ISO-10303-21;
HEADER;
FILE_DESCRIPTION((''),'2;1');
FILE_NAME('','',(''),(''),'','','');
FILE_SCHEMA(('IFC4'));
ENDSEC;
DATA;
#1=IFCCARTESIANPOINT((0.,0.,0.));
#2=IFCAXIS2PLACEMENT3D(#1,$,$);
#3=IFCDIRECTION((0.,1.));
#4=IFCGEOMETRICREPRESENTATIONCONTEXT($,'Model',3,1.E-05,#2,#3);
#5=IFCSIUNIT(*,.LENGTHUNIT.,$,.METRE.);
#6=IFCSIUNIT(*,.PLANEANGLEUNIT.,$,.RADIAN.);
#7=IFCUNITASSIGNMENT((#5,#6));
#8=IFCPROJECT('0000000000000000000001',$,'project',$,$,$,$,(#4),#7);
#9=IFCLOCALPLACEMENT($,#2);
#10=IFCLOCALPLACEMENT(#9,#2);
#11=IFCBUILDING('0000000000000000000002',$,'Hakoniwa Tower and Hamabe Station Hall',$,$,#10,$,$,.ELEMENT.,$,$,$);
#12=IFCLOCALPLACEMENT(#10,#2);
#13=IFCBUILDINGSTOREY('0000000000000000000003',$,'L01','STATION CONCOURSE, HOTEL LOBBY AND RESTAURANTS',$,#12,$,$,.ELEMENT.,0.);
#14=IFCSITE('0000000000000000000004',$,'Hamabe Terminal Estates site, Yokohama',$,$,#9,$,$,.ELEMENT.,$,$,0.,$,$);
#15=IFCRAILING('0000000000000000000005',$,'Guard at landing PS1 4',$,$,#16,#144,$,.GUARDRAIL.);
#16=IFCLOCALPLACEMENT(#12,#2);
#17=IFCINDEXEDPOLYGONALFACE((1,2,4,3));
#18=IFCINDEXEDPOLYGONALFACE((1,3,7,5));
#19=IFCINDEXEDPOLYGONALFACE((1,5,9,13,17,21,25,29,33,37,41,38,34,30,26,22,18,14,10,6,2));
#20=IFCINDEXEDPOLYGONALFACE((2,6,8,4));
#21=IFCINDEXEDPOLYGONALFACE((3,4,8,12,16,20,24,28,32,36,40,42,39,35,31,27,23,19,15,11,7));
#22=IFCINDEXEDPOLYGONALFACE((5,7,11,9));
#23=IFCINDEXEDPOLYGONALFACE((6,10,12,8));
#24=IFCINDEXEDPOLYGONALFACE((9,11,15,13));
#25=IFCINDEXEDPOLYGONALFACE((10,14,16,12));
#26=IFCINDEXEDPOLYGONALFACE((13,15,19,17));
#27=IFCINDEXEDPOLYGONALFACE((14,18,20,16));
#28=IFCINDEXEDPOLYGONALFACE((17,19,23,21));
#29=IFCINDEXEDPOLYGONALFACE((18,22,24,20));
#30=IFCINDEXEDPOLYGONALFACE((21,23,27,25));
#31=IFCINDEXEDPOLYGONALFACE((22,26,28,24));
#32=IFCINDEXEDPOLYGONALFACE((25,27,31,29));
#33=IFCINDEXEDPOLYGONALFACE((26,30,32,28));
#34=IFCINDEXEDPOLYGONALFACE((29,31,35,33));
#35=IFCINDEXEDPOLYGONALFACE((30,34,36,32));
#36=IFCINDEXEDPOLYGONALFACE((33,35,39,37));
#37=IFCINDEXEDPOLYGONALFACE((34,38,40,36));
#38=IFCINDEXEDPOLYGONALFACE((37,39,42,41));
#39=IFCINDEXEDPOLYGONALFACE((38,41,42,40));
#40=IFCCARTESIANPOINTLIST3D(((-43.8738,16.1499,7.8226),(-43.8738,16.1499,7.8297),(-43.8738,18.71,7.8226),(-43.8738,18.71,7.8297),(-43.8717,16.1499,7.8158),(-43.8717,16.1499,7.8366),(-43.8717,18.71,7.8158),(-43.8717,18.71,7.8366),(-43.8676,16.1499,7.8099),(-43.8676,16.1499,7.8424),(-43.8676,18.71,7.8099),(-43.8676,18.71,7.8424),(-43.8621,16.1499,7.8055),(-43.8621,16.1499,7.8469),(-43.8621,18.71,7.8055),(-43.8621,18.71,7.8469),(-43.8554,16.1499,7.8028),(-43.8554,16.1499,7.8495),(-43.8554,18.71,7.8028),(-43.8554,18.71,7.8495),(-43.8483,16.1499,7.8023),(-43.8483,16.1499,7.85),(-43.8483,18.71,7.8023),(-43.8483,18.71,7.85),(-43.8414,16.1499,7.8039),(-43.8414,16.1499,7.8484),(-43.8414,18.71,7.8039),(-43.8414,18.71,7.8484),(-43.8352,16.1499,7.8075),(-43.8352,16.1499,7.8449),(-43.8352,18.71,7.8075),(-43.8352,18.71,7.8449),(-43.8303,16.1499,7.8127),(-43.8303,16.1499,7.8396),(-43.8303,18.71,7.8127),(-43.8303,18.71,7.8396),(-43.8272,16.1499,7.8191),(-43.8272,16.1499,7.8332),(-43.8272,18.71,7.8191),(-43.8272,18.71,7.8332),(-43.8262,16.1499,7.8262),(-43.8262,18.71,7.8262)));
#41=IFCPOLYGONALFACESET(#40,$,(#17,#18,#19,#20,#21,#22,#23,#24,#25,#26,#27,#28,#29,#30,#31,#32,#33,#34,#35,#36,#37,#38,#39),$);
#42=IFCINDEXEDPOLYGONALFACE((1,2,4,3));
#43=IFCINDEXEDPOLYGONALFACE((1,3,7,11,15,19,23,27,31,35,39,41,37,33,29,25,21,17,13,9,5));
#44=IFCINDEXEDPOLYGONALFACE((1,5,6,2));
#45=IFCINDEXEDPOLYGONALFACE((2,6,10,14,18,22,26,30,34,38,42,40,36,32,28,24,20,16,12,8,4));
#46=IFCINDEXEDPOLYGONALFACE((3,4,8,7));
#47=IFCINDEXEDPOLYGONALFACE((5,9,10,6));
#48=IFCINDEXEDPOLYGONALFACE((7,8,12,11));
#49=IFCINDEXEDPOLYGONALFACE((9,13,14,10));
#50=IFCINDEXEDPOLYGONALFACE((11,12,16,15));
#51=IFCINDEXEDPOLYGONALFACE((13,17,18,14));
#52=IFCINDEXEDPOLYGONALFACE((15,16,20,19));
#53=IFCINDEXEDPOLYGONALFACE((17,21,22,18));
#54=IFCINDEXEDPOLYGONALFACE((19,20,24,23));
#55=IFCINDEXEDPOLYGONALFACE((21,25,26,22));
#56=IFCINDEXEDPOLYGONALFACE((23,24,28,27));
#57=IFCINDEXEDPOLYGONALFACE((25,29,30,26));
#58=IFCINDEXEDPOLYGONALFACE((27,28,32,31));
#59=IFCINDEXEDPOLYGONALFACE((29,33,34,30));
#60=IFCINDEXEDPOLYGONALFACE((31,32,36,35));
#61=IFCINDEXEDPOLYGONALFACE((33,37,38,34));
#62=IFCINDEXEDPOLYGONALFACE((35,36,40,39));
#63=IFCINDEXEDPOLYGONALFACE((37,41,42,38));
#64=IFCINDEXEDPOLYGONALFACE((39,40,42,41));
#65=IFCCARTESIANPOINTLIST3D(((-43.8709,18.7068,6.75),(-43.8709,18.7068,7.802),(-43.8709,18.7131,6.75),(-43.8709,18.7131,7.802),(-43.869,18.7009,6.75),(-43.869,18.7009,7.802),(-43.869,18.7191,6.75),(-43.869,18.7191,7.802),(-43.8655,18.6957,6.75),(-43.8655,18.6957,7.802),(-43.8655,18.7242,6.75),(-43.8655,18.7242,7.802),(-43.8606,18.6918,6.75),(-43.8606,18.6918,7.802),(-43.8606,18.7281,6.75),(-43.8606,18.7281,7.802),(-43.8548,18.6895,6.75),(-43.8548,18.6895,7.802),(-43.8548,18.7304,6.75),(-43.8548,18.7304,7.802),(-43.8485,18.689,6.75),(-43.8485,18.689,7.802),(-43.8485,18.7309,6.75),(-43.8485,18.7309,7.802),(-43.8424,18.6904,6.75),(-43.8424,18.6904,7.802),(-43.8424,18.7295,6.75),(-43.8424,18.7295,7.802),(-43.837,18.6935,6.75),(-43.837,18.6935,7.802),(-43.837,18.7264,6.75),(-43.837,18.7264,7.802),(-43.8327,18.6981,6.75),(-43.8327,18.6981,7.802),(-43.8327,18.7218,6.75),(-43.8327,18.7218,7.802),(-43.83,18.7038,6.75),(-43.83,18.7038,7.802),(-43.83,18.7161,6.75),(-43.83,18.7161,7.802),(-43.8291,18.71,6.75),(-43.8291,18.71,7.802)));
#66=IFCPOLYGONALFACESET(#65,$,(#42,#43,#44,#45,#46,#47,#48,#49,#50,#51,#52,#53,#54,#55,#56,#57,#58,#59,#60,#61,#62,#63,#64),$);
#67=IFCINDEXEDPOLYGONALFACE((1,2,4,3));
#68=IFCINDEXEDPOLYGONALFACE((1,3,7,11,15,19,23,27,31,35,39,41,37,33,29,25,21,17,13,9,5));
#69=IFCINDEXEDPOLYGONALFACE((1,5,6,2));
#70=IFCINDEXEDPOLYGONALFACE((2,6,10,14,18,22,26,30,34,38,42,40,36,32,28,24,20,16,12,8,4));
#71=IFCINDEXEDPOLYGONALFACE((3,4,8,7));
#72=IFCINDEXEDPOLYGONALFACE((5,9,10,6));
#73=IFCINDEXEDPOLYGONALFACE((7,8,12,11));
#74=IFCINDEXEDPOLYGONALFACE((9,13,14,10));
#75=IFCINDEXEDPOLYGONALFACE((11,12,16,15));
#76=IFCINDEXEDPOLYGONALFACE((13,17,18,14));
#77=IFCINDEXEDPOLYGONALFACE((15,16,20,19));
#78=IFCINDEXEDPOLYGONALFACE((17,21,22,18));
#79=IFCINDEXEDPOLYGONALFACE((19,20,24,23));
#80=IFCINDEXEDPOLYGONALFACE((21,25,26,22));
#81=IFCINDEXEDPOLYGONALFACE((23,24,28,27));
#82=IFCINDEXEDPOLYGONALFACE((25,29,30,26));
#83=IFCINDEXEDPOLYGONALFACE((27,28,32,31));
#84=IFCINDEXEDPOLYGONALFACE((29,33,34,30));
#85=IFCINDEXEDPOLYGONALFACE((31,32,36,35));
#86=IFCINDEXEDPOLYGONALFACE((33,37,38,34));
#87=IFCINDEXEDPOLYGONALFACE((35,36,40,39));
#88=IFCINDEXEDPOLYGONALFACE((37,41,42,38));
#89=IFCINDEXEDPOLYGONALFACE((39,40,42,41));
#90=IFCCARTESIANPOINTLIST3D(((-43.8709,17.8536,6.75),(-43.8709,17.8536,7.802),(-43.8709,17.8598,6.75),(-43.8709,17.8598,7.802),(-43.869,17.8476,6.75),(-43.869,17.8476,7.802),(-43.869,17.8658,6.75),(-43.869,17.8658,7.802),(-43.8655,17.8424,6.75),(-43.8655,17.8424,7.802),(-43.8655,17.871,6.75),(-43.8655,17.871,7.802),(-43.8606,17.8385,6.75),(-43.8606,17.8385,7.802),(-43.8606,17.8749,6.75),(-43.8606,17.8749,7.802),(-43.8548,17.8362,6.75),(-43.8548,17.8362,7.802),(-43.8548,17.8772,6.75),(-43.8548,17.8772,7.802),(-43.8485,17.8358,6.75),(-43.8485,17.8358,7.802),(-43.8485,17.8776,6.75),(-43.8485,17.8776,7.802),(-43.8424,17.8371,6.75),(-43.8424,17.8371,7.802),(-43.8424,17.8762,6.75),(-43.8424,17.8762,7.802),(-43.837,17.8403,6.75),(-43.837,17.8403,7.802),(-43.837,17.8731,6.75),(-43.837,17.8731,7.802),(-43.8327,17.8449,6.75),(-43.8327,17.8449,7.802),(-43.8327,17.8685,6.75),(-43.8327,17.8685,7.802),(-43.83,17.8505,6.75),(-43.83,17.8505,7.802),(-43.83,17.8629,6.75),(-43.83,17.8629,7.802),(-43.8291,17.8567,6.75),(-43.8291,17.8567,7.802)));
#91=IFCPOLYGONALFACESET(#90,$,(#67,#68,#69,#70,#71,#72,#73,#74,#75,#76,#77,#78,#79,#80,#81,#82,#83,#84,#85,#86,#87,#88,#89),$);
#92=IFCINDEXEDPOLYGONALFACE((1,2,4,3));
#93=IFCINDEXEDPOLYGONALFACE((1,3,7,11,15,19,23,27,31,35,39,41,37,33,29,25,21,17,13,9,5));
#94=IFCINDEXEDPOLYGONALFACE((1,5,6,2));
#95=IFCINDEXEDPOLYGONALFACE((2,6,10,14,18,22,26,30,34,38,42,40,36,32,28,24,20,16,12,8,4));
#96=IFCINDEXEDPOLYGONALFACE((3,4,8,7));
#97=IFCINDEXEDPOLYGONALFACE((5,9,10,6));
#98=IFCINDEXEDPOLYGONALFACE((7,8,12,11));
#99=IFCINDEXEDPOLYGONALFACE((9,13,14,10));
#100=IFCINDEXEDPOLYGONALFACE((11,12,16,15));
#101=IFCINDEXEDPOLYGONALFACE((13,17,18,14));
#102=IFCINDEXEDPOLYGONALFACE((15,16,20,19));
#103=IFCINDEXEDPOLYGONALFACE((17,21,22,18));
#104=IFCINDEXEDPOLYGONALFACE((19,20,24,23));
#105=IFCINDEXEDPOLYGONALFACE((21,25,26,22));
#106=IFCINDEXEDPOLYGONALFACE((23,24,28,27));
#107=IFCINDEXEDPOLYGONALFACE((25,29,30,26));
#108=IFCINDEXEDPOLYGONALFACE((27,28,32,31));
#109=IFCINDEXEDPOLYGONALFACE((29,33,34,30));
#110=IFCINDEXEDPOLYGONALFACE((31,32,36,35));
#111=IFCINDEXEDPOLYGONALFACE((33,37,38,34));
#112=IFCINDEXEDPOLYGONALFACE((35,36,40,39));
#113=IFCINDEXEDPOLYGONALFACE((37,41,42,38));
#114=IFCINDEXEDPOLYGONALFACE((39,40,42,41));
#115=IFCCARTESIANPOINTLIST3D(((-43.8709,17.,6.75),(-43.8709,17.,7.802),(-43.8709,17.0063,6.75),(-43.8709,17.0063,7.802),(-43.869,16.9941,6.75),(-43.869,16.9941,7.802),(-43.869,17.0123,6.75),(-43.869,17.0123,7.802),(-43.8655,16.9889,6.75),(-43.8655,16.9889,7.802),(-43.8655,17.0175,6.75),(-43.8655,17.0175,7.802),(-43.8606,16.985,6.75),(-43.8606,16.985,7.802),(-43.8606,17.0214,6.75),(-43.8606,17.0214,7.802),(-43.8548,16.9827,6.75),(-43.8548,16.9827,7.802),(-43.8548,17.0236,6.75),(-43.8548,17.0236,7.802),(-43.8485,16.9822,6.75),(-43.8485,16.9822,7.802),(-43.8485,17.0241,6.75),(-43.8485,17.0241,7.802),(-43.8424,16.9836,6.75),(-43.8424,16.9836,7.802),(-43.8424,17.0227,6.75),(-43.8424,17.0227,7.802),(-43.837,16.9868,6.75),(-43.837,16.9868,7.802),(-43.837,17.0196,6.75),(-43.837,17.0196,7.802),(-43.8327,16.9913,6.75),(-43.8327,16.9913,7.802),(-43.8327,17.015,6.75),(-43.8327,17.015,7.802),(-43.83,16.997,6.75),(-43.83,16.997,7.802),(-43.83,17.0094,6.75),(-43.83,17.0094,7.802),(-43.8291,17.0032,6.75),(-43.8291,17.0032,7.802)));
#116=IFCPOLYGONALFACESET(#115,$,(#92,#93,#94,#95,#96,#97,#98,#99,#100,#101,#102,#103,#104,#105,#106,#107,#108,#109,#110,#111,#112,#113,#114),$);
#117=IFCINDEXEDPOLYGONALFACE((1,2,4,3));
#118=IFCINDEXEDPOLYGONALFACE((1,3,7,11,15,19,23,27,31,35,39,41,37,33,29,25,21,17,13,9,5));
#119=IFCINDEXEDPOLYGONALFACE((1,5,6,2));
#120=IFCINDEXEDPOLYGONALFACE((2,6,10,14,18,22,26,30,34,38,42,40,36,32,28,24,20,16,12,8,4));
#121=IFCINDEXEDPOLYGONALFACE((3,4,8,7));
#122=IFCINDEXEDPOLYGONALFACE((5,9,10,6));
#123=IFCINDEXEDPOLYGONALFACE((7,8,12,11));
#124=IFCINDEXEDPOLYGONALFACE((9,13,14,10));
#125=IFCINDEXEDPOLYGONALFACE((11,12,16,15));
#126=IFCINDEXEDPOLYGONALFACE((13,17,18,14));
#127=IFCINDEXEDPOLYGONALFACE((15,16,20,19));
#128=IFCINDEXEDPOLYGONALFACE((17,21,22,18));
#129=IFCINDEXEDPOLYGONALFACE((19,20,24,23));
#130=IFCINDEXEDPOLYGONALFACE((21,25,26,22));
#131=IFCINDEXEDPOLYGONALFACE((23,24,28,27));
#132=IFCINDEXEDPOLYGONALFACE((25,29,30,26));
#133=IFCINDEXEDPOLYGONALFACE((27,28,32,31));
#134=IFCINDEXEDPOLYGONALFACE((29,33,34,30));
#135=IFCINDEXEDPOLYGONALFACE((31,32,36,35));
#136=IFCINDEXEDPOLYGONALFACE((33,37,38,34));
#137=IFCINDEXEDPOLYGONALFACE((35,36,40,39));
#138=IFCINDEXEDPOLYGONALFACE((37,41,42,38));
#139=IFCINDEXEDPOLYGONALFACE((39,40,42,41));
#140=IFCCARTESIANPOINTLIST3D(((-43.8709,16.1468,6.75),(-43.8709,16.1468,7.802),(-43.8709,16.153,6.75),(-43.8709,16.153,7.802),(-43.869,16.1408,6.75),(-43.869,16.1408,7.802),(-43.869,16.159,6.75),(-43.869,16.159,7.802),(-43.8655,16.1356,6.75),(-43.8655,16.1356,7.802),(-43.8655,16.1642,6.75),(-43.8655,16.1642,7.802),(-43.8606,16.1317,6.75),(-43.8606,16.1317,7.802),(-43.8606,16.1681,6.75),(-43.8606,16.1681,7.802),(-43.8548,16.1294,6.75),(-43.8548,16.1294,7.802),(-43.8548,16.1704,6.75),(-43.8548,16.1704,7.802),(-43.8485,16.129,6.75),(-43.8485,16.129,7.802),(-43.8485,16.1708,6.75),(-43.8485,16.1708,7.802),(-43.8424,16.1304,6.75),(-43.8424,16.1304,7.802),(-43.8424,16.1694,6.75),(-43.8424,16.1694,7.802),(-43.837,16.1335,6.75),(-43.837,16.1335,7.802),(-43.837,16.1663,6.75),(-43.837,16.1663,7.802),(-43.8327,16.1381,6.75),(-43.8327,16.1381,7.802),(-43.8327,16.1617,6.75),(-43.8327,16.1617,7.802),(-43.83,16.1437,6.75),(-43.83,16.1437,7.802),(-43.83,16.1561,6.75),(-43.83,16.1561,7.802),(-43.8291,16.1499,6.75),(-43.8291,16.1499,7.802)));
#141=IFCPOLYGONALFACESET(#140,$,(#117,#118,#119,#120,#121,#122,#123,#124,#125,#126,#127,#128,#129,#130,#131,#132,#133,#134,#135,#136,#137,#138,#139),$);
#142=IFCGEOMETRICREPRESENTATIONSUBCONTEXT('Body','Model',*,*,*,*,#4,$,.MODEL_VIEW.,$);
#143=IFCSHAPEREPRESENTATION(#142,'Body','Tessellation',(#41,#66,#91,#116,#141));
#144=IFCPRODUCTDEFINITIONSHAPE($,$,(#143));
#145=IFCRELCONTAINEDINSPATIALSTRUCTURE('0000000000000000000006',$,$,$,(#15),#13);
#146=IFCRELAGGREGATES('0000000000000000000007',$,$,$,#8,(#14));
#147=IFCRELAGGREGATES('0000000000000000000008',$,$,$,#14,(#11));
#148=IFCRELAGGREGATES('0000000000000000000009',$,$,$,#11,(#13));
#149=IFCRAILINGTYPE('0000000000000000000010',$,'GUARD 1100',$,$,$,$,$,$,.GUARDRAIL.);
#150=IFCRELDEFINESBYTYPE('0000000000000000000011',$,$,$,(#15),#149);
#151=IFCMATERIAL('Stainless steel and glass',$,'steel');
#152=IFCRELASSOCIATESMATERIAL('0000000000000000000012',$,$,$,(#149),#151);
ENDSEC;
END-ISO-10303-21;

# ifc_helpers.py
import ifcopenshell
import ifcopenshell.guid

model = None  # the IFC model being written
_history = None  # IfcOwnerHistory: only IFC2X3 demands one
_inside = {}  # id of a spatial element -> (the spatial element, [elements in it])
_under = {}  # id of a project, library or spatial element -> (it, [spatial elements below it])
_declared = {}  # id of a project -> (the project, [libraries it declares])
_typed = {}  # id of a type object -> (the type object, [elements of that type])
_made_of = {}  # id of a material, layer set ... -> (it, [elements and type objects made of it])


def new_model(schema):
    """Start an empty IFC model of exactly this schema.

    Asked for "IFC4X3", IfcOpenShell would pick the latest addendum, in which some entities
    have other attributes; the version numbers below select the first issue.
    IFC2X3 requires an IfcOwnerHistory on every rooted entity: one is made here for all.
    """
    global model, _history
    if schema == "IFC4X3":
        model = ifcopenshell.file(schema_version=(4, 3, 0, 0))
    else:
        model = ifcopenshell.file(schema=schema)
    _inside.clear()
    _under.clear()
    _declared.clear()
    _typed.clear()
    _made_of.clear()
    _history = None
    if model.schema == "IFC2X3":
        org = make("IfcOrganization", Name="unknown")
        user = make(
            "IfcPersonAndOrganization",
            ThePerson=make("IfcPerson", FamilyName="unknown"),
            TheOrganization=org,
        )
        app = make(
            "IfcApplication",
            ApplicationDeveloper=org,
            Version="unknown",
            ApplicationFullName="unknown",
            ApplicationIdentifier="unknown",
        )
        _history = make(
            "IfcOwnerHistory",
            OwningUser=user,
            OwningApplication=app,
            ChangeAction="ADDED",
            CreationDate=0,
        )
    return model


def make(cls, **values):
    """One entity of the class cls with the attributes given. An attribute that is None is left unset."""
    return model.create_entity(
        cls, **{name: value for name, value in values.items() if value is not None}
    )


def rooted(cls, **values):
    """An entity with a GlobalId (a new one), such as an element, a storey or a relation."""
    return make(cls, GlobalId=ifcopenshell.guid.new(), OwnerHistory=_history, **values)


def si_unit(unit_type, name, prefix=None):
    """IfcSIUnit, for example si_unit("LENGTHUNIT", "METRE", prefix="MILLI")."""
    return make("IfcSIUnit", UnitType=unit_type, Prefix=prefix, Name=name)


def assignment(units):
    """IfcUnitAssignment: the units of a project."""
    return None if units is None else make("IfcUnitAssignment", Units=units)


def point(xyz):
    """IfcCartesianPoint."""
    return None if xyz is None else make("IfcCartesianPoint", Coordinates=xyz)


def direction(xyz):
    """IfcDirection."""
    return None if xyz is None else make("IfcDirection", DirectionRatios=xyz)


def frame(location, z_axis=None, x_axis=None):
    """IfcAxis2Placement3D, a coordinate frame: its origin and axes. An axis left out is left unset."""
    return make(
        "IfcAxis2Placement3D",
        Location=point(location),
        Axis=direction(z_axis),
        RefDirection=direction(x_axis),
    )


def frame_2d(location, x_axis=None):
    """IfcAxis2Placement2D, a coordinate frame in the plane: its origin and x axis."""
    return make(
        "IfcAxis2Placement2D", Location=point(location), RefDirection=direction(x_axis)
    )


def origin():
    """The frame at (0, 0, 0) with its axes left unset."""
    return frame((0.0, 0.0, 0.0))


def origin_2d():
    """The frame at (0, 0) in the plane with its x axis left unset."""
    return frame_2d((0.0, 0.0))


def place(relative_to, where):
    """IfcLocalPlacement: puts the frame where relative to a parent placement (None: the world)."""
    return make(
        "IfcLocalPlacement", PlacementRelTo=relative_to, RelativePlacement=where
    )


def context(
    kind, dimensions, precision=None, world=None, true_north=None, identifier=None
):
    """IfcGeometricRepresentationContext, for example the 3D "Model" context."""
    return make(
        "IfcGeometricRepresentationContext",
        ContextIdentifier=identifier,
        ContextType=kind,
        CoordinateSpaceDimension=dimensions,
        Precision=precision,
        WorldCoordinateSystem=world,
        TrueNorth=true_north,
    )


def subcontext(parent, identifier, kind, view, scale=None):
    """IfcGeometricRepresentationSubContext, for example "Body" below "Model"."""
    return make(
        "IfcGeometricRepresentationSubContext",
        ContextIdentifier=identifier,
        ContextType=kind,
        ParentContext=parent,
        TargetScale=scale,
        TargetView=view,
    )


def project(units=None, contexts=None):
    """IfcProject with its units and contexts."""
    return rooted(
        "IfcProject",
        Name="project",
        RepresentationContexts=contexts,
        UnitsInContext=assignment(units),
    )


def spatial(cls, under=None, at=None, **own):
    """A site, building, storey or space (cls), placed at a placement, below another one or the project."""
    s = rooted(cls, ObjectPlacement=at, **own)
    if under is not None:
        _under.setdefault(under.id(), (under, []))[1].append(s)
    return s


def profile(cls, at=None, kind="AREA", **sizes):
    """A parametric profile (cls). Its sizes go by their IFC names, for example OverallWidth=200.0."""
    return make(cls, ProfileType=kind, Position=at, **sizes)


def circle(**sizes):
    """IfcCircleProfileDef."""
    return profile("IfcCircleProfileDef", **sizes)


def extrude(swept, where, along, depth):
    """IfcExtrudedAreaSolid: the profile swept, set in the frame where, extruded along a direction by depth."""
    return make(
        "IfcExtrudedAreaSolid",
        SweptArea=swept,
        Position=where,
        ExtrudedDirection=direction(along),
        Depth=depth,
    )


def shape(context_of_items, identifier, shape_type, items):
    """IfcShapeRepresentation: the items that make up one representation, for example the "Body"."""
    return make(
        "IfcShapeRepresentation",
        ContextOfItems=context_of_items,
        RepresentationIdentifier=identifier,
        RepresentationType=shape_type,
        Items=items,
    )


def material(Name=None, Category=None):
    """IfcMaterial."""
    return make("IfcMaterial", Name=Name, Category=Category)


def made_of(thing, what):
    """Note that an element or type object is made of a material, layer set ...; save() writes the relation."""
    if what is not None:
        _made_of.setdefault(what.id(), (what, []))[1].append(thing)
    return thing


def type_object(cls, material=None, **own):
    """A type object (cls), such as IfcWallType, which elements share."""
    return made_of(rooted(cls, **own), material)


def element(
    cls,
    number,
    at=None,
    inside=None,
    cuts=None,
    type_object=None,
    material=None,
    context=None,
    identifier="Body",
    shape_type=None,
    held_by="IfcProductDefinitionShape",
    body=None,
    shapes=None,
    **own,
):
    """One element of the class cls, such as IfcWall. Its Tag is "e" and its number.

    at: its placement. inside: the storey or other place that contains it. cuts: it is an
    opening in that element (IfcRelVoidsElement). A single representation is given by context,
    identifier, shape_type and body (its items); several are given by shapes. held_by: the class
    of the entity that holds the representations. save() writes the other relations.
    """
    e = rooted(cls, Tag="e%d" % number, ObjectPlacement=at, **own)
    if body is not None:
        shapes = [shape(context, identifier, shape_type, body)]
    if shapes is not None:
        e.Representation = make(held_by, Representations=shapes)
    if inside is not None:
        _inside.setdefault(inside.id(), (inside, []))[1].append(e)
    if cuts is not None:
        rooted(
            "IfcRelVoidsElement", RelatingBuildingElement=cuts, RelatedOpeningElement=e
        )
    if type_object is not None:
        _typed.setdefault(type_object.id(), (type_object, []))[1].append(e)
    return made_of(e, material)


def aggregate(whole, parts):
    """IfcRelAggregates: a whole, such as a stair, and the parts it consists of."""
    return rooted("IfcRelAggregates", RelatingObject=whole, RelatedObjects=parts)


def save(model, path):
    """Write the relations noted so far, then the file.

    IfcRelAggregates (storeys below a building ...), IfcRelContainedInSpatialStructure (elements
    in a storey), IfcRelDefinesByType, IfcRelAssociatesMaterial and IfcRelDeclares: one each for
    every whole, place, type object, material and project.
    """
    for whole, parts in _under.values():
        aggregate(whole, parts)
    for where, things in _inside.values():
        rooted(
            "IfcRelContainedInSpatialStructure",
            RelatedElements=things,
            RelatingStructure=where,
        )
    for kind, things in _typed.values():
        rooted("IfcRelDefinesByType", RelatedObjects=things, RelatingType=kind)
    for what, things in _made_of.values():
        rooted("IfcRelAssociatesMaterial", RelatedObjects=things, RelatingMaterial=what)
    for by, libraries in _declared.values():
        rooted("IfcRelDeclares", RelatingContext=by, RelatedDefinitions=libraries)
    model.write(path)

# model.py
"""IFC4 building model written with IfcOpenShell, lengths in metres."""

from ifc_helpers import new_model, si_unit, direction, frame, origin, origin_2d, place, context, subcontext, project, spatial, circle, extrude, material, type_object, element, save


model = new_model("IFC4")

# Units and contexts
model_context = context("Model", 3, precision=1e-05, world=origin(), true_north=direction((0.0, 1.0)))
body_context = subcontext(model_context, "Body", "Model", "MODEL_VIEW")
ifc_project = project(units=[si_unit("LENGTHUNIT", "METRE"), si_unit("PLANEANGLEUNIT", "RADIAN")], contexts=[model_context])

# Site, building, storey
site_placement = place(None, origin())
site = spatial("IfcSite", under=ifc_project, at=site_placement, Name="Hamabe Terminal Estates site, Yokohama", CompositionType="ELEMENT", RefElevation=0.0)
building_placement = place(site_placement, origin())
building = spatial("IfcBuilding", under=site, at=building_placement, Name="Hakoniwa Tower and Hamabe Station Hall", CompositionType="ELEMENT")
storey_placement = place(building_placement, origin())
storey = spatial("IfcBuildingStorey", under=building, at=storey_placement, Name="L01", Description="STATION CONCOURSE, HOTEL LOBBY AND RESTAURANTS", CompositionType="ELEMENT", Elevation=0.0)

# Railing
ifc_material_1 = material(Name="Stainless steel and glass", Category="steel")
railing_type_1 = type_object("IfcRailingType", Name="GUARD 1100", PredefinedType="GUARDRAIL", material=ifc_material_1)
railing_1_placement = place(storey_placement, frame((-43.8501, 18.71, 6.75)))
element("IfcRailing", 1, at=railing_1_placement, inside=storey, type_object=railing_type_1, Name="Guard at landing PS1 4", PredefinedType="GUARDRAIL", context=body_context, shape_type="SweptSolid", body=[
    extrude(circle(Radius=0.0239, at=origin_2d()), frame((0.0, 0.0, 1.0762), z_axis=(0.0, -1.0, 0.0), x_axis=(1.0, 0.0, 0.0)), (0.0, 0.0, 1.0), 2.5601),
    extrude(circle(Radius=0.021, at=origin_2d()), origin(), (0.0, 0.0, 1.0), 1.052),
    extrude(circle(Radius=0.021, at=origin_2d()), frame((0.0, -0.8533, 0.0)), (0.0, 0.0, 1.0), 1.052),
    extrude(circle(Radius=0.021, at=origin_2d()), frame((0.0, -1.7068, 0.0)), (0.0, 0.0, 1.0), 1.052),
    extrude(circle(Radius=0.021, at=origin_2d()), frame((0.0, -2.5601, 0.0)), (0.0, 0.0, 1.0), 1.052),
])

save(model, "model.ifc")
